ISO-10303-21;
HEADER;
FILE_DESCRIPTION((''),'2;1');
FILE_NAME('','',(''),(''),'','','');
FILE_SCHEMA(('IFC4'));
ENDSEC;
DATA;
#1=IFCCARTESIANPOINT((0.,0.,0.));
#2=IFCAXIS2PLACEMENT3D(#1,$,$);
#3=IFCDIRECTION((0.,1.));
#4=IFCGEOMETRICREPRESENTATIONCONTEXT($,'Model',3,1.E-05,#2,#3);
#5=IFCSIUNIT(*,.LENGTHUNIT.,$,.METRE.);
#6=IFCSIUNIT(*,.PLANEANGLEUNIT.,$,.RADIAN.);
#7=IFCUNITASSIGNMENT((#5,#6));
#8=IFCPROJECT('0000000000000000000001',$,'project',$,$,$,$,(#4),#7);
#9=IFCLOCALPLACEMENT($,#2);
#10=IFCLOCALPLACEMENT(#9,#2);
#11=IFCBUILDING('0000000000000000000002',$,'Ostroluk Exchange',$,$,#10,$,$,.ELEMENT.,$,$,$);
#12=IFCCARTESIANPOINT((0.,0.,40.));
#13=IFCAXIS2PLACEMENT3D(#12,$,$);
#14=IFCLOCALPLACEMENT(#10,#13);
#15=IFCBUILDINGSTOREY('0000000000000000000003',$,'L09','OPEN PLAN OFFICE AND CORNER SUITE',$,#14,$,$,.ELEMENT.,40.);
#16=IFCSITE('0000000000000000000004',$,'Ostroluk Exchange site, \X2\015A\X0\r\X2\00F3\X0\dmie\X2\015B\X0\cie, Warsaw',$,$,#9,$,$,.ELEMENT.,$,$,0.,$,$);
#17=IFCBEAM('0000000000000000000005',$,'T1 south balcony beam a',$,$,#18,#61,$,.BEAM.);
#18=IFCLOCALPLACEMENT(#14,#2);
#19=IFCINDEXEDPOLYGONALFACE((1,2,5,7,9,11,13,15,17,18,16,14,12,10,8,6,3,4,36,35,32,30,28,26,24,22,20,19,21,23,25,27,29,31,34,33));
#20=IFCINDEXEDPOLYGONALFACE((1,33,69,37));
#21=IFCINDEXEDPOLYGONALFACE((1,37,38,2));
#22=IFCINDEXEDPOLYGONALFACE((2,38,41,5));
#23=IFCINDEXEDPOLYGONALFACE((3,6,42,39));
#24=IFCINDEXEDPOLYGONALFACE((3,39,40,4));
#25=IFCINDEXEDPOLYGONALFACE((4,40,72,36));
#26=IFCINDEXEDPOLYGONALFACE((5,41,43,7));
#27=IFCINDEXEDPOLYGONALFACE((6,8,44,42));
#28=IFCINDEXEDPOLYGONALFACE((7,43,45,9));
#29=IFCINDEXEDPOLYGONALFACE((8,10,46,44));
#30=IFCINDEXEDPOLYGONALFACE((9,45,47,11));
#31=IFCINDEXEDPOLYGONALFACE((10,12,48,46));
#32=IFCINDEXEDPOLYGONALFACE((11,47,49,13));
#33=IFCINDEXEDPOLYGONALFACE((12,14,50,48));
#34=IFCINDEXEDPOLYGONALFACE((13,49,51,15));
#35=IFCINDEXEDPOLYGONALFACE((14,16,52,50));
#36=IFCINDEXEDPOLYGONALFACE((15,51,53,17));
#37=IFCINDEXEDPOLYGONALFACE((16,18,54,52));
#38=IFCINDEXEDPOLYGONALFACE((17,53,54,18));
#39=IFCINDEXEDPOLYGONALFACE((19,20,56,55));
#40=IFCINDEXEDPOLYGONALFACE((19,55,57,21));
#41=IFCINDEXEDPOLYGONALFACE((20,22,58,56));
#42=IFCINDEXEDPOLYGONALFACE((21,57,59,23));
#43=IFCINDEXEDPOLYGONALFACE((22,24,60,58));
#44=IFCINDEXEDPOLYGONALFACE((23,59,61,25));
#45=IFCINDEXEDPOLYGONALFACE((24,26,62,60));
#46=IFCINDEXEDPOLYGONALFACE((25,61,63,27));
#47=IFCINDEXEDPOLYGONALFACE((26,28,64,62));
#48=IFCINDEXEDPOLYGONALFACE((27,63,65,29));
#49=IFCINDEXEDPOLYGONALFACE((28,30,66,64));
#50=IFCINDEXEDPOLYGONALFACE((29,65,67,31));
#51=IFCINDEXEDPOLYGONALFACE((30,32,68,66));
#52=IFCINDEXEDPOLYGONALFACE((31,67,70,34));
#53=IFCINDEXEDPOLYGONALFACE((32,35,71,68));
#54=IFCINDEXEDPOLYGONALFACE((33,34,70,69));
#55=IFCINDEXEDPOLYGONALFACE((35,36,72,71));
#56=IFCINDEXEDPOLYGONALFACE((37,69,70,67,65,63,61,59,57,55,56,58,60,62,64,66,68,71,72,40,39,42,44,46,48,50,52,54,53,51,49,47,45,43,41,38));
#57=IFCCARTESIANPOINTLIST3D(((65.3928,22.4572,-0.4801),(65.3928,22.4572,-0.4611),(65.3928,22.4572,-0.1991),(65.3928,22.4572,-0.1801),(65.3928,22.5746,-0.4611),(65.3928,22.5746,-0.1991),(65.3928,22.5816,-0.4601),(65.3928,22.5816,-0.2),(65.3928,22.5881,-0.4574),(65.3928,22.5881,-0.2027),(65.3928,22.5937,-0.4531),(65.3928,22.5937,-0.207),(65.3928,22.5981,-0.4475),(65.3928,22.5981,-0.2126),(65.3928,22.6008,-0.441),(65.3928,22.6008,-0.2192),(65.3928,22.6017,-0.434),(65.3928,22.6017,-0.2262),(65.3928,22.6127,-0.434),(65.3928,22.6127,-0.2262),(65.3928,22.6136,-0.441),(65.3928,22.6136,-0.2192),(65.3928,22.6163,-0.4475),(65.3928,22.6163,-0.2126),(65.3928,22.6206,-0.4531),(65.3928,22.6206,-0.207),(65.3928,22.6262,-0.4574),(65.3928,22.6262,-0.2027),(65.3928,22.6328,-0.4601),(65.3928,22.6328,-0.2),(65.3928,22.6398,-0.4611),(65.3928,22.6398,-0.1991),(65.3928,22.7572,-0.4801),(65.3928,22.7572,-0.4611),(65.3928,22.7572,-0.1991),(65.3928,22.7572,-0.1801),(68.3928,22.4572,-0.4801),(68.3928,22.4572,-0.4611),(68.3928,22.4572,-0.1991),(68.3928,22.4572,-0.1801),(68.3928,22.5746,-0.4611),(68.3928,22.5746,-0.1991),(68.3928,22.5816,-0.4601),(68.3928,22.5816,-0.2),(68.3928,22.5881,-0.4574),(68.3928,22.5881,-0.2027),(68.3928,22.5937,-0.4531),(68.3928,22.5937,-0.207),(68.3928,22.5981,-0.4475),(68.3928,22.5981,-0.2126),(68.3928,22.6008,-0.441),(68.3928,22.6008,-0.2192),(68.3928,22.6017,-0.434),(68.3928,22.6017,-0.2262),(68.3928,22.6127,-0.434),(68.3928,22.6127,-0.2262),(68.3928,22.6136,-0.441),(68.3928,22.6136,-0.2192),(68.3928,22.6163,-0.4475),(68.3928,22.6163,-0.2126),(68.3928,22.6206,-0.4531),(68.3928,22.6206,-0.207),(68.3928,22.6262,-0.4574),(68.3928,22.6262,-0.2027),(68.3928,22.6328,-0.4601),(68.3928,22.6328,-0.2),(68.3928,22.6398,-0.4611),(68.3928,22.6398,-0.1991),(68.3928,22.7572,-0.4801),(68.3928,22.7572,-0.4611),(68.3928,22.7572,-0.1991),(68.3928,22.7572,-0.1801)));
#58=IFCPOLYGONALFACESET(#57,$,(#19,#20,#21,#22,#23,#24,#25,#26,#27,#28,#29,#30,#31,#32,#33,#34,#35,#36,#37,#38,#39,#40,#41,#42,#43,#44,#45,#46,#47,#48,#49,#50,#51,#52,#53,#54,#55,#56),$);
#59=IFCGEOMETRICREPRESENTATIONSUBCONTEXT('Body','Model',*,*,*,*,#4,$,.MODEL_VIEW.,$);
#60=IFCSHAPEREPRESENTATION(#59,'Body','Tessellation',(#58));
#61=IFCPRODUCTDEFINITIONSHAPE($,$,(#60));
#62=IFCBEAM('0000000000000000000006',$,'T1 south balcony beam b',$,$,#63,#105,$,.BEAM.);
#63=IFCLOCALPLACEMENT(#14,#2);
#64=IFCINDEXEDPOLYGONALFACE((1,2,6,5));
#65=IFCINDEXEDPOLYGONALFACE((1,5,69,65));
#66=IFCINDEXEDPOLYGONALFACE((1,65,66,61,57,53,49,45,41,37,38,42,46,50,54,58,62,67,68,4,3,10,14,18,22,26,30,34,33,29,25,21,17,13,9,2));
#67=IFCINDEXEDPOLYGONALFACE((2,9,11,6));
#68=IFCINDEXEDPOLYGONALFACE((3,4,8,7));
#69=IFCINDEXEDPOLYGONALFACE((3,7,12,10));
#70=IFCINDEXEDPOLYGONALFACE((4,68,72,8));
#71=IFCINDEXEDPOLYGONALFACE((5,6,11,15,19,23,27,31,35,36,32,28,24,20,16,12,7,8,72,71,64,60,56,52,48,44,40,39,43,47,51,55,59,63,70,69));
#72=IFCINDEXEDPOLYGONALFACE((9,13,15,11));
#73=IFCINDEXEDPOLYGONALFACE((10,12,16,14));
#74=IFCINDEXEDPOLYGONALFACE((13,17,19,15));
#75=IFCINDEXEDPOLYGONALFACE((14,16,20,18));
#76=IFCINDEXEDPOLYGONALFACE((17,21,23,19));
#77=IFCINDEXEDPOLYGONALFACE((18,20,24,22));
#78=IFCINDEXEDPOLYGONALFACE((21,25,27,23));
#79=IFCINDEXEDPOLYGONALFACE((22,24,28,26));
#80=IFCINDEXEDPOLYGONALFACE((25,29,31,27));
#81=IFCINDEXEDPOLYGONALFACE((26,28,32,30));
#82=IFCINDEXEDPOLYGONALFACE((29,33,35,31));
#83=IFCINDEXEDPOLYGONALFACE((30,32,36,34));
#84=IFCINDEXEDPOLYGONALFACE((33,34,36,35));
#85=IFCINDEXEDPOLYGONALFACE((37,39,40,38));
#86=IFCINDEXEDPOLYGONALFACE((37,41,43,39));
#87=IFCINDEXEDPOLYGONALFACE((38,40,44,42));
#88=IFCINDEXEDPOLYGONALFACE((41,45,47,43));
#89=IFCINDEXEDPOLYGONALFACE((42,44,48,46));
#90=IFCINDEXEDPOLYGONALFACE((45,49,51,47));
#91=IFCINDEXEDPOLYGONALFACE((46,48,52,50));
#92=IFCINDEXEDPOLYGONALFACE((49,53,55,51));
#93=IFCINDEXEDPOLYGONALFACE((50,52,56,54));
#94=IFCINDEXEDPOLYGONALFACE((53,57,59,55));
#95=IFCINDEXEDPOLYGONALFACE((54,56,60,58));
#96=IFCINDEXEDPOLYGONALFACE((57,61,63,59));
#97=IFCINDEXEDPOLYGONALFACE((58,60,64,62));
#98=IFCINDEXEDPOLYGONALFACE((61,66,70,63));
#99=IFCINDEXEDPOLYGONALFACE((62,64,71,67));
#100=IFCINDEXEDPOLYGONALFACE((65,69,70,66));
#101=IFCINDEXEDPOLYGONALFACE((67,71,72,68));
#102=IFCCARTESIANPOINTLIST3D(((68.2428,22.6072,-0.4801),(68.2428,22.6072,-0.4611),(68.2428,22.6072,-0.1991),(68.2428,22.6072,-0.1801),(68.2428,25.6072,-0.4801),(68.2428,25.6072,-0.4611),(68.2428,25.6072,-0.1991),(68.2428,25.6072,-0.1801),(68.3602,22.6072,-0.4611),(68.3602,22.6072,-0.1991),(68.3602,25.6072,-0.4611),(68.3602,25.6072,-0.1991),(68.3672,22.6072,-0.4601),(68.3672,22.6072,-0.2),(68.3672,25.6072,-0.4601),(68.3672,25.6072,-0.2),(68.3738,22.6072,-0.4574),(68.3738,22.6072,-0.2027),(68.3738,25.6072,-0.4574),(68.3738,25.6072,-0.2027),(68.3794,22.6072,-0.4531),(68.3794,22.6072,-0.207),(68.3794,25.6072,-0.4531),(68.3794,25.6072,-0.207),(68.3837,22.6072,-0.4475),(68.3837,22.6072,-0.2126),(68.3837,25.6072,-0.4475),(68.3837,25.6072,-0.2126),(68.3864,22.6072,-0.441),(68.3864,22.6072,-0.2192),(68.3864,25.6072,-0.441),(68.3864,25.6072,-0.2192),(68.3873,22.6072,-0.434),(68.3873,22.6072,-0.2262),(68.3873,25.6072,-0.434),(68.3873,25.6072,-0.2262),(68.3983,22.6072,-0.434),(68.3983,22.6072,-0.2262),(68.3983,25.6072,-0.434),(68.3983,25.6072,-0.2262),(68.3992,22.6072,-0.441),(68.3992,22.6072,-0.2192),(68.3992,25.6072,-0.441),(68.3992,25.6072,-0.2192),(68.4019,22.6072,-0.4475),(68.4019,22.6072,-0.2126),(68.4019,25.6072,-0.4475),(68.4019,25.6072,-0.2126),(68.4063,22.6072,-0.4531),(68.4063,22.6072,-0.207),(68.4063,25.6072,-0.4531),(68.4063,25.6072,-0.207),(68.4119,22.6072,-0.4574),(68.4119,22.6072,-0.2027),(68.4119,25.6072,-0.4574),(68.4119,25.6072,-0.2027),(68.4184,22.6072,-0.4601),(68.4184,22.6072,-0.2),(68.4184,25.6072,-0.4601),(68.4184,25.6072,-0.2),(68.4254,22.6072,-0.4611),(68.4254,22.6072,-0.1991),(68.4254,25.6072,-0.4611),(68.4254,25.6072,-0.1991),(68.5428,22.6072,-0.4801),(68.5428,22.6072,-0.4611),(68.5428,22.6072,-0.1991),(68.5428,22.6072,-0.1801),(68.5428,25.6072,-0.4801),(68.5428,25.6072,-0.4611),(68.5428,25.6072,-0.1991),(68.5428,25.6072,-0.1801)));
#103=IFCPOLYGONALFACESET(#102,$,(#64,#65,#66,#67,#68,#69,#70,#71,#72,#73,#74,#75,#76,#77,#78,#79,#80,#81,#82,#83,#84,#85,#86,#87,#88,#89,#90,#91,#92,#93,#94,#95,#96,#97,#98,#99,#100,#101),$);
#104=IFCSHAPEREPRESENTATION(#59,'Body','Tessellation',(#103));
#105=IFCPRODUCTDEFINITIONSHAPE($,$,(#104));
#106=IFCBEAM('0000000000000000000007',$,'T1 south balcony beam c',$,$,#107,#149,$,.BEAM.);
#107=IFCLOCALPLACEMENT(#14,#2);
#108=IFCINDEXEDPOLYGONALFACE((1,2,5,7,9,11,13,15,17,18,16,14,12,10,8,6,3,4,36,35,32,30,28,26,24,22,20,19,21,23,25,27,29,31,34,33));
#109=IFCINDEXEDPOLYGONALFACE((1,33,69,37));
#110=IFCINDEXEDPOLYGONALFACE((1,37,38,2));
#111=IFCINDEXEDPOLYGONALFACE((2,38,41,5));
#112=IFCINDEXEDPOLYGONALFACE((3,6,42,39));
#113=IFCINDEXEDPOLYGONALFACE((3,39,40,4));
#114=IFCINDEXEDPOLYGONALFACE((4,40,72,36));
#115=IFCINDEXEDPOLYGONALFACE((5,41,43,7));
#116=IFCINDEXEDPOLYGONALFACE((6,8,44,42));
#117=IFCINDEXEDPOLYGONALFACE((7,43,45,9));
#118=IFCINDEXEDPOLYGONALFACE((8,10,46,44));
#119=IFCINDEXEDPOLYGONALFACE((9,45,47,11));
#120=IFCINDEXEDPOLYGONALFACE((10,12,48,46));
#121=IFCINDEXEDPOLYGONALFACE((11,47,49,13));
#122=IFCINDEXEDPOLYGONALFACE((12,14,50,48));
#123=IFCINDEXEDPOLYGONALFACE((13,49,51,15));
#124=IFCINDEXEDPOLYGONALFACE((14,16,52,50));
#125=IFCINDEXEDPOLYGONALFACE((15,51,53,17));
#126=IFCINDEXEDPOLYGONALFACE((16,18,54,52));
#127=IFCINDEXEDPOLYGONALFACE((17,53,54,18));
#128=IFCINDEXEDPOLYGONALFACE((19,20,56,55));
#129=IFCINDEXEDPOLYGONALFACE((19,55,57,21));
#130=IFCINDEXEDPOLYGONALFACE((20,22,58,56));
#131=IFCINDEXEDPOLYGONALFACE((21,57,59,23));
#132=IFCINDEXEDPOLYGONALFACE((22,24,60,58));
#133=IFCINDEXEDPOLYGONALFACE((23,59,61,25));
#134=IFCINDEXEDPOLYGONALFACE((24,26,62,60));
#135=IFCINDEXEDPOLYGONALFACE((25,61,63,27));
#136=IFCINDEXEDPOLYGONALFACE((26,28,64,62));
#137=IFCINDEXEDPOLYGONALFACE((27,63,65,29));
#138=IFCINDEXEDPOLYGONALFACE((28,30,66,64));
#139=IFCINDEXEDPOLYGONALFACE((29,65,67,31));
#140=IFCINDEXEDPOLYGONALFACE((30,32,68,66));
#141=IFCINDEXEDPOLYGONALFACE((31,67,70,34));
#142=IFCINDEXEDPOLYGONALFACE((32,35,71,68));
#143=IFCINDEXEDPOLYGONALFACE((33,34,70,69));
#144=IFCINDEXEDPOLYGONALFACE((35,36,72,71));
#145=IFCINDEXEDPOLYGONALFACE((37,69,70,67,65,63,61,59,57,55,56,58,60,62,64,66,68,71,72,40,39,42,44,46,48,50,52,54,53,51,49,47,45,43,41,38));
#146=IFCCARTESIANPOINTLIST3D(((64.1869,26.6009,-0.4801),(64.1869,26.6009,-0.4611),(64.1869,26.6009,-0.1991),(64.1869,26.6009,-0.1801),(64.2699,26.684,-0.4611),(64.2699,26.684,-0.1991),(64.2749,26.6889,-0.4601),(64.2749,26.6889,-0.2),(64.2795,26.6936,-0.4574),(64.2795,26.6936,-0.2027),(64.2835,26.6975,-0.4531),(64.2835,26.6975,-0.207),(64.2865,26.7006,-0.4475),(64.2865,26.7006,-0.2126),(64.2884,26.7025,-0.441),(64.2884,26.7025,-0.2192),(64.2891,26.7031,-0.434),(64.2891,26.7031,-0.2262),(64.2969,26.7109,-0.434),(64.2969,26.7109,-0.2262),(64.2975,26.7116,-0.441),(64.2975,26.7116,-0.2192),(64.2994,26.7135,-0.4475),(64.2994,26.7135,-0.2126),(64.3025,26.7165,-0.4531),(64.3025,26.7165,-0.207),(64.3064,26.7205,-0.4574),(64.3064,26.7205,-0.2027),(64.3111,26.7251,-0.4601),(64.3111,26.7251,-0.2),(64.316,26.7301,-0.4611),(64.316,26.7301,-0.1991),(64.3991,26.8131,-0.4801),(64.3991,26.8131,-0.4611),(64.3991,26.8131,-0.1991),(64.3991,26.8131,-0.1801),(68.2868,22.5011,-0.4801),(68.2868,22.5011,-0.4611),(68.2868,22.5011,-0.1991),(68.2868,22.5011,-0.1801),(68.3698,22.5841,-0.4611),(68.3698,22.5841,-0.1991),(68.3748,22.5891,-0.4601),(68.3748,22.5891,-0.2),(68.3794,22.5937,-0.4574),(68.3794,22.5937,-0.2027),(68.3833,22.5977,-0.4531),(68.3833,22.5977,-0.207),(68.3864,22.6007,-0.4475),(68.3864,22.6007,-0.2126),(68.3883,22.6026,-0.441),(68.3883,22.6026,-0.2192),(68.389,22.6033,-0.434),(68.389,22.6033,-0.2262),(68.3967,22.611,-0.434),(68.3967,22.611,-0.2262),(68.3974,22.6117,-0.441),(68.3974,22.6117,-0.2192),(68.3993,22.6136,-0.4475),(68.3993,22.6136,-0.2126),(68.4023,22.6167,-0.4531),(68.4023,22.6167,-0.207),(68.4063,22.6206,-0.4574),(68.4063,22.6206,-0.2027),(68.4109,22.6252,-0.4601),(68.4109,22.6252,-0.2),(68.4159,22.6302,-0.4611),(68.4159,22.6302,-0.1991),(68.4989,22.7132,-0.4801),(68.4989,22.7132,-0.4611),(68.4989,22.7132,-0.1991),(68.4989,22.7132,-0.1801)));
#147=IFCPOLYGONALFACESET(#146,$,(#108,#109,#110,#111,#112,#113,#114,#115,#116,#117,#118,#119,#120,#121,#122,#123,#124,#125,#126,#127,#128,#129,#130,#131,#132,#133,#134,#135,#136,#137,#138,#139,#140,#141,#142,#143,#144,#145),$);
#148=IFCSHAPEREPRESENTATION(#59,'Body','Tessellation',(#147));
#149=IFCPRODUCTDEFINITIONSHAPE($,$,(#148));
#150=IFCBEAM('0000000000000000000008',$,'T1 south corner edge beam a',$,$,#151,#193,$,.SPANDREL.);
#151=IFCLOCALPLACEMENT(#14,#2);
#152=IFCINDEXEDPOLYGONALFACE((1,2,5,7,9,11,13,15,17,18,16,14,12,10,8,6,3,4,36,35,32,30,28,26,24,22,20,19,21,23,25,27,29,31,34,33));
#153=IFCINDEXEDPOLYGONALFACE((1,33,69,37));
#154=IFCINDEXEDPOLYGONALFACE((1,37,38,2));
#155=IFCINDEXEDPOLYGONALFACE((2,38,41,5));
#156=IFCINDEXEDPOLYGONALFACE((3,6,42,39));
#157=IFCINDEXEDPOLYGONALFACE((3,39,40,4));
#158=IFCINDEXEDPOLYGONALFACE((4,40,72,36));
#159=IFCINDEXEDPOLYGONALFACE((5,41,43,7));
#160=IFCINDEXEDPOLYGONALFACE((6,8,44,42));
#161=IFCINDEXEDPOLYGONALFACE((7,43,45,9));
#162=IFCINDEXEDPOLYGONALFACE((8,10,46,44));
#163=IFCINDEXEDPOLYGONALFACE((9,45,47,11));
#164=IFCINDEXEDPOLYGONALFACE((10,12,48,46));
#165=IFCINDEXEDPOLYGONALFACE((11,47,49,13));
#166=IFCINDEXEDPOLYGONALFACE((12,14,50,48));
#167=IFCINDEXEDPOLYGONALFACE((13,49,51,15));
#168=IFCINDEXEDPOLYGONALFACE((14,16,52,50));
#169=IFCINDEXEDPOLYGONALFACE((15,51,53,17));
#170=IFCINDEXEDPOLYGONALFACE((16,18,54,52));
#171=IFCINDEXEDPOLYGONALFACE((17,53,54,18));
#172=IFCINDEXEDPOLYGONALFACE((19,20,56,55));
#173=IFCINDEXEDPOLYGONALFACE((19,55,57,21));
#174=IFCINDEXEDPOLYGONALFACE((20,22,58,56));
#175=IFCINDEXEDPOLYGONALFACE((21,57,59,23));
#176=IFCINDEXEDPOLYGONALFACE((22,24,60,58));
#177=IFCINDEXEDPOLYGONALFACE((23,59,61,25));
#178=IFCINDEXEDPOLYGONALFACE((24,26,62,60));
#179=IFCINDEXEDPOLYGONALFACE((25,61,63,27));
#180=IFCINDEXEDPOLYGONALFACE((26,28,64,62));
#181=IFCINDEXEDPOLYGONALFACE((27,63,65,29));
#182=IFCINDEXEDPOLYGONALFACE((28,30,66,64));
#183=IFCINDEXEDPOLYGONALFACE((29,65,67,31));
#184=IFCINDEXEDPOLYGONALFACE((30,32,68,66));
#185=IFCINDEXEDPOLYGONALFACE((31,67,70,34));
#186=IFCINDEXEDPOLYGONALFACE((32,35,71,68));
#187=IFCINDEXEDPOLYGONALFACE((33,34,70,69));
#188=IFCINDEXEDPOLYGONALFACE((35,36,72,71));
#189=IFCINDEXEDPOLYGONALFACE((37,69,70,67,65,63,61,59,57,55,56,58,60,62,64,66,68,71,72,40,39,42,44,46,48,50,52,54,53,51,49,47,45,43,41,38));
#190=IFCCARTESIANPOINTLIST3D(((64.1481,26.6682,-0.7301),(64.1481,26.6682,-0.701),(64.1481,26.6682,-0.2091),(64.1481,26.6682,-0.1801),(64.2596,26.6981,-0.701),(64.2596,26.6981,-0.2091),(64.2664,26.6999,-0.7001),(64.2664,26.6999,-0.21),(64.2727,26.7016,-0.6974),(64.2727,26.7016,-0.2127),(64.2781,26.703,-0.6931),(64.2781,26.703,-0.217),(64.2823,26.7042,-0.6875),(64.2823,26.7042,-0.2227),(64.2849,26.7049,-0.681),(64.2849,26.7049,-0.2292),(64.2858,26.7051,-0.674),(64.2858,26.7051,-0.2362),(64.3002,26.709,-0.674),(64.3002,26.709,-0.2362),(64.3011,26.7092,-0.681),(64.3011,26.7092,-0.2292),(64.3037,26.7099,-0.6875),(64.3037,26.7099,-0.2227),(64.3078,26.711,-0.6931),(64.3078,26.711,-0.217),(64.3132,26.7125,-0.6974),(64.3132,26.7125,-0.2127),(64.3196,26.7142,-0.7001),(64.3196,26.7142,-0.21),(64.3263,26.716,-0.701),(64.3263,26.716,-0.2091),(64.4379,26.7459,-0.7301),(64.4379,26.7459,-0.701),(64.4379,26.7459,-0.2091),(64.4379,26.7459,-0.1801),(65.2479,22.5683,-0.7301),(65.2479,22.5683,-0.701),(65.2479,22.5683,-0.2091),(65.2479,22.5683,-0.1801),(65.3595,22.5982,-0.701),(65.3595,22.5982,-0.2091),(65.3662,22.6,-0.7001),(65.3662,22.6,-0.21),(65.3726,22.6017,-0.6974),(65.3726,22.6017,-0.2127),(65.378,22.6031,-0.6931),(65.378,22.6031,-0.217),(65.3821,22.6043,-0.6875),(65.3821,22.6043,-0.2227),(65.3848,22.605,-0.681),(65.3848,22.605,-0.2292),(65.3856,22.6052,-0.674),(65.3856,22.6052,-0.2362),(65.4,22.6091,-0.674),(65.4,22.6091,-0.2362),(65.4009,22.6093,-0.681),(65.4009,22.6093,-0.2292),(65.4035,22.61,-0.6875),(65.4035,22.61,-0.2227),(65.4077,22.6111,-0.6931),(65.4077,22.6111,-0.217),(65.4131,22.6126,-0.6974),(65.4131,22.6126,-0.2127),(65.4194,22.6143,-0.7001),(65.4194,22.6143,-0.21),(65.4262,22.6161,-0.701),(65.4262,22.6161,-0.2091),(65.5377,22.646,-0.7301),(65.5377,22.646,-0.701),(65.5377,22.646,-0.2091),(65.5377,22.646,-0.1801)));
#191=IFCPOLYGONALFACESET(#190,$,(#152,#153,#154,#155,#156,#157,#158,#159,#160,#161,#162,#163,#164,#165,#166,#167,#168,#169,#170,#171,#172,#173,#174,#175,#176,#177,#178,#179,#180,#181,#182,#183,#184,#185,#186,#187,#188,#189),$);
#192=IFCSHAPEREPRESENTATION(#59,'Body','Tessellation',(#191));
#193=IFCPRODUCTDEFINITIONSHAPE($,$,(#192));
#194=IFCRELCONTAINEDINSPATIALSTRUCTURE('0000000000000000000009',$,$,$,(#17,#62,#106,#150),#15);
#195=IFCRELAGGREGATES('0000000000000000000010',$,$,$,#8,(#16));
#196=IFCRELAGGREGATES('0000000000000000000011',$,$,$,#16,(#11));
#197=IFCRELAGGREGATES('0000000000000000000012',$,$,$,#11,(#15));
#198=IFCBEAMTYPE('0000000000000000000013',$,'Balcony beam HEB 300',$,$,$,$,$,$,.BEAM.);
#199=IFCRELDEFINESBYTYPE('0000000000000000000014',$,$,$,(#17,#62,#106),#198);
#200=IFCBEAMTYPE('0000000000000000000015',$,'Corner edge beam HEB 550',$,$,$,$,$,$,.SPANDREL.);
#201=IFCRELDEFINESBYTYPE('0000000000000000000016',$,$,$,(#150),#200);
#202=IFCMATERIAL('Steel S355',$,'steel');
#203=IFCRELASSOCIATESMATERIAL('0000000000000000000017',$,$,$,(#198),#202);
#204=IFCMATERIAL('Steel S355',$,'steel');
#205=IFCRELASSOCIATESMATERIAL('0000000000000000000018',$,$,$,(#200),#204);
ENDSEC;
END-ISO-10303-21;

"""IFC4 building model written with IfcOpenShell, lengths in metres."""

from ifc_helpers import new_model, si_unit, direction, frame, origin, origin_2d, place, context, subcontext, project, spatial, i_section, extrude, material, material_profile, profile_set, type_object, element, save


model = new_model("IFC4")

# Units and contexts
model_context = context("Model", 3, precision=1e-05, world=origin(), true_north=direction((0.0, 1.0)))
body_context = subcontext(model_context, "Body", "Model", "MODEL_VIEW")
ifc_project = project(units=[si_unit("LENGTHUNIT", "METRE"), si_unit("PLANEANGLEUNIT", "RADIAN")], contexts=[model_context])

# Site, building, storey
site_placement = place(None, origin())
site = spatial("IfcSite", under=ifc_project, at=site_placement, Name="Ostroluk Exchange site, Śródmieście, Warsaw", CompositionType="ELEMENT", RefElevation=0.0)
building_placement = place(site_placement, origin())
building = spatial("IfcBuilding", under=site, at=building_placement, Name="Ostroluk Exchange", CompositionType="ELEMENT")
storey_placement = place(building_placement, frame((0.0, 0.0, 40.0)))
storey = spatial("IfcBuildingStorey", under=building, at=storey_placement, Name="L09", Description="OPEN PLAN OFFICE AND CORNER SUITE", CompositionType="ELEMENT", Elevation=40.0)

# Beams
ifc_material_1 = material(Name="Steel S355", Category="steel")
ifc_material_profile_1 = material_profile(ifc_material_1, i_section(OverallWidth=0.3, OverallDepth=0.3, WebThickness=0.011, FlangeThickness=0.019, FilletRadius=0.0271, at=origin_2d()), Name="HEB 300")
ifc_profile_set_1 = profile_set([ifc_material_profile_1], Name="Steel S355")
beam_type_1 = type_object("IfcBeamType", Name="Balcony beam HEB 300", PredefinedType="BEAM", material=ifc_profile_set_1)
for number, where, z_axis, x_axis, name in (
    (1, (65.3928, 22.6072, -0.3301), (1.0, 0.0, 0.0), (0.0, 1.0, 0.0), "T1 south balcony beam a"),
    (2, (68.3928, 25.6072, -0.3301), (0.0, -1.0, 0.0), (1.0, 0.0, 0.0), "T1 south balcony beam b"),
):
    element("IfcBeam", number, at=place(storey_placement, frame(where, z_axis=z_axis, x_axis=x_axis)), inside=storey, type_object=beam_type_1, Name=name, PredefinedType="BEAM", context=body_context, shape_type="SweptSolid", body=[
        extrude(i_section(OverallWidth=0.3, OverallDepth=0.3, WebThickness=0.011, FlangeThickness=0.019, FilletRadius=0.0271, at=origin_2d()), origin(), (0.0, 0.0, 1.0), 3.0),
    ])
beam_1_placement = place(storey_placement, frame((64.293, 26.707, -0.3301), z_axis=(0.707107, -0.707107, 0.0), x_axis=(0.707107, 0.707107, 0.0)))
element("IfcBeam", 3, at=beam_1_placement, inside=storey, type_object=beam_type_1, Name="T1 south balcony beam c", PredefinedType="BEAM", context=body_context, shape_type="SweptSolid", body=[
    extrude(i_section(OverallWidth=0.3, OverallDepth=0.3, WebThickness=0.011, FlangeThickness=0.019, FilletRadius=0.0271, at=origin_2d()), origin(), (0.0, 0.0, 1.0), 5.7981),
])
ifc_material_2 = material(Name="Steel S355", Category="steel")
ifc_material_profile_2 = material_profile(ifc_material_2, i_section(OverallWidth=0.3, OverallDepth=0.55, WebThickness=0.0149, FlangeThickness=0.0291, FilletRadius=0.0271, at=origin_2d()), Name="HEB 550")
ifc_profile_set_2 = profile_set([ifc_material_profile_2], Name="Steel S355")
beam_type_2 = type_object("IfcBeamType", Name="Corner edge beam HEB 550", PredefinedType="SPANDREL", material=ifc_profile_set_2)
for number, where, z_axis, x_axis, name in (
    (4, (64.293, 26.707, -0.4551), (0.259105, -0.965849, 0.0), (0.965849, 0.259105, 0.0), "T1 south corner edge beam a"),
):
    element("IfcBeam", number, at=place(storey_placement, frame(where, z_axis=z_axis, x_axis=x_axis)), inside=storey, type_object=beam_type_2, Name=name, PredefinedType="SPANDREL", context=body_context, shape_type="SweptSolid", body=[
        extrude(i_section(OverallWidth=0.3, OverallDepth=0.55, WebThickness=0.0149, FlangeThickness=0.0291, FilletRadius=0.0271, at=origin_2d()), origin(), (0.0, 0.0, 1.0), 4.2449),
    ])

save(model, "model.ifc")
